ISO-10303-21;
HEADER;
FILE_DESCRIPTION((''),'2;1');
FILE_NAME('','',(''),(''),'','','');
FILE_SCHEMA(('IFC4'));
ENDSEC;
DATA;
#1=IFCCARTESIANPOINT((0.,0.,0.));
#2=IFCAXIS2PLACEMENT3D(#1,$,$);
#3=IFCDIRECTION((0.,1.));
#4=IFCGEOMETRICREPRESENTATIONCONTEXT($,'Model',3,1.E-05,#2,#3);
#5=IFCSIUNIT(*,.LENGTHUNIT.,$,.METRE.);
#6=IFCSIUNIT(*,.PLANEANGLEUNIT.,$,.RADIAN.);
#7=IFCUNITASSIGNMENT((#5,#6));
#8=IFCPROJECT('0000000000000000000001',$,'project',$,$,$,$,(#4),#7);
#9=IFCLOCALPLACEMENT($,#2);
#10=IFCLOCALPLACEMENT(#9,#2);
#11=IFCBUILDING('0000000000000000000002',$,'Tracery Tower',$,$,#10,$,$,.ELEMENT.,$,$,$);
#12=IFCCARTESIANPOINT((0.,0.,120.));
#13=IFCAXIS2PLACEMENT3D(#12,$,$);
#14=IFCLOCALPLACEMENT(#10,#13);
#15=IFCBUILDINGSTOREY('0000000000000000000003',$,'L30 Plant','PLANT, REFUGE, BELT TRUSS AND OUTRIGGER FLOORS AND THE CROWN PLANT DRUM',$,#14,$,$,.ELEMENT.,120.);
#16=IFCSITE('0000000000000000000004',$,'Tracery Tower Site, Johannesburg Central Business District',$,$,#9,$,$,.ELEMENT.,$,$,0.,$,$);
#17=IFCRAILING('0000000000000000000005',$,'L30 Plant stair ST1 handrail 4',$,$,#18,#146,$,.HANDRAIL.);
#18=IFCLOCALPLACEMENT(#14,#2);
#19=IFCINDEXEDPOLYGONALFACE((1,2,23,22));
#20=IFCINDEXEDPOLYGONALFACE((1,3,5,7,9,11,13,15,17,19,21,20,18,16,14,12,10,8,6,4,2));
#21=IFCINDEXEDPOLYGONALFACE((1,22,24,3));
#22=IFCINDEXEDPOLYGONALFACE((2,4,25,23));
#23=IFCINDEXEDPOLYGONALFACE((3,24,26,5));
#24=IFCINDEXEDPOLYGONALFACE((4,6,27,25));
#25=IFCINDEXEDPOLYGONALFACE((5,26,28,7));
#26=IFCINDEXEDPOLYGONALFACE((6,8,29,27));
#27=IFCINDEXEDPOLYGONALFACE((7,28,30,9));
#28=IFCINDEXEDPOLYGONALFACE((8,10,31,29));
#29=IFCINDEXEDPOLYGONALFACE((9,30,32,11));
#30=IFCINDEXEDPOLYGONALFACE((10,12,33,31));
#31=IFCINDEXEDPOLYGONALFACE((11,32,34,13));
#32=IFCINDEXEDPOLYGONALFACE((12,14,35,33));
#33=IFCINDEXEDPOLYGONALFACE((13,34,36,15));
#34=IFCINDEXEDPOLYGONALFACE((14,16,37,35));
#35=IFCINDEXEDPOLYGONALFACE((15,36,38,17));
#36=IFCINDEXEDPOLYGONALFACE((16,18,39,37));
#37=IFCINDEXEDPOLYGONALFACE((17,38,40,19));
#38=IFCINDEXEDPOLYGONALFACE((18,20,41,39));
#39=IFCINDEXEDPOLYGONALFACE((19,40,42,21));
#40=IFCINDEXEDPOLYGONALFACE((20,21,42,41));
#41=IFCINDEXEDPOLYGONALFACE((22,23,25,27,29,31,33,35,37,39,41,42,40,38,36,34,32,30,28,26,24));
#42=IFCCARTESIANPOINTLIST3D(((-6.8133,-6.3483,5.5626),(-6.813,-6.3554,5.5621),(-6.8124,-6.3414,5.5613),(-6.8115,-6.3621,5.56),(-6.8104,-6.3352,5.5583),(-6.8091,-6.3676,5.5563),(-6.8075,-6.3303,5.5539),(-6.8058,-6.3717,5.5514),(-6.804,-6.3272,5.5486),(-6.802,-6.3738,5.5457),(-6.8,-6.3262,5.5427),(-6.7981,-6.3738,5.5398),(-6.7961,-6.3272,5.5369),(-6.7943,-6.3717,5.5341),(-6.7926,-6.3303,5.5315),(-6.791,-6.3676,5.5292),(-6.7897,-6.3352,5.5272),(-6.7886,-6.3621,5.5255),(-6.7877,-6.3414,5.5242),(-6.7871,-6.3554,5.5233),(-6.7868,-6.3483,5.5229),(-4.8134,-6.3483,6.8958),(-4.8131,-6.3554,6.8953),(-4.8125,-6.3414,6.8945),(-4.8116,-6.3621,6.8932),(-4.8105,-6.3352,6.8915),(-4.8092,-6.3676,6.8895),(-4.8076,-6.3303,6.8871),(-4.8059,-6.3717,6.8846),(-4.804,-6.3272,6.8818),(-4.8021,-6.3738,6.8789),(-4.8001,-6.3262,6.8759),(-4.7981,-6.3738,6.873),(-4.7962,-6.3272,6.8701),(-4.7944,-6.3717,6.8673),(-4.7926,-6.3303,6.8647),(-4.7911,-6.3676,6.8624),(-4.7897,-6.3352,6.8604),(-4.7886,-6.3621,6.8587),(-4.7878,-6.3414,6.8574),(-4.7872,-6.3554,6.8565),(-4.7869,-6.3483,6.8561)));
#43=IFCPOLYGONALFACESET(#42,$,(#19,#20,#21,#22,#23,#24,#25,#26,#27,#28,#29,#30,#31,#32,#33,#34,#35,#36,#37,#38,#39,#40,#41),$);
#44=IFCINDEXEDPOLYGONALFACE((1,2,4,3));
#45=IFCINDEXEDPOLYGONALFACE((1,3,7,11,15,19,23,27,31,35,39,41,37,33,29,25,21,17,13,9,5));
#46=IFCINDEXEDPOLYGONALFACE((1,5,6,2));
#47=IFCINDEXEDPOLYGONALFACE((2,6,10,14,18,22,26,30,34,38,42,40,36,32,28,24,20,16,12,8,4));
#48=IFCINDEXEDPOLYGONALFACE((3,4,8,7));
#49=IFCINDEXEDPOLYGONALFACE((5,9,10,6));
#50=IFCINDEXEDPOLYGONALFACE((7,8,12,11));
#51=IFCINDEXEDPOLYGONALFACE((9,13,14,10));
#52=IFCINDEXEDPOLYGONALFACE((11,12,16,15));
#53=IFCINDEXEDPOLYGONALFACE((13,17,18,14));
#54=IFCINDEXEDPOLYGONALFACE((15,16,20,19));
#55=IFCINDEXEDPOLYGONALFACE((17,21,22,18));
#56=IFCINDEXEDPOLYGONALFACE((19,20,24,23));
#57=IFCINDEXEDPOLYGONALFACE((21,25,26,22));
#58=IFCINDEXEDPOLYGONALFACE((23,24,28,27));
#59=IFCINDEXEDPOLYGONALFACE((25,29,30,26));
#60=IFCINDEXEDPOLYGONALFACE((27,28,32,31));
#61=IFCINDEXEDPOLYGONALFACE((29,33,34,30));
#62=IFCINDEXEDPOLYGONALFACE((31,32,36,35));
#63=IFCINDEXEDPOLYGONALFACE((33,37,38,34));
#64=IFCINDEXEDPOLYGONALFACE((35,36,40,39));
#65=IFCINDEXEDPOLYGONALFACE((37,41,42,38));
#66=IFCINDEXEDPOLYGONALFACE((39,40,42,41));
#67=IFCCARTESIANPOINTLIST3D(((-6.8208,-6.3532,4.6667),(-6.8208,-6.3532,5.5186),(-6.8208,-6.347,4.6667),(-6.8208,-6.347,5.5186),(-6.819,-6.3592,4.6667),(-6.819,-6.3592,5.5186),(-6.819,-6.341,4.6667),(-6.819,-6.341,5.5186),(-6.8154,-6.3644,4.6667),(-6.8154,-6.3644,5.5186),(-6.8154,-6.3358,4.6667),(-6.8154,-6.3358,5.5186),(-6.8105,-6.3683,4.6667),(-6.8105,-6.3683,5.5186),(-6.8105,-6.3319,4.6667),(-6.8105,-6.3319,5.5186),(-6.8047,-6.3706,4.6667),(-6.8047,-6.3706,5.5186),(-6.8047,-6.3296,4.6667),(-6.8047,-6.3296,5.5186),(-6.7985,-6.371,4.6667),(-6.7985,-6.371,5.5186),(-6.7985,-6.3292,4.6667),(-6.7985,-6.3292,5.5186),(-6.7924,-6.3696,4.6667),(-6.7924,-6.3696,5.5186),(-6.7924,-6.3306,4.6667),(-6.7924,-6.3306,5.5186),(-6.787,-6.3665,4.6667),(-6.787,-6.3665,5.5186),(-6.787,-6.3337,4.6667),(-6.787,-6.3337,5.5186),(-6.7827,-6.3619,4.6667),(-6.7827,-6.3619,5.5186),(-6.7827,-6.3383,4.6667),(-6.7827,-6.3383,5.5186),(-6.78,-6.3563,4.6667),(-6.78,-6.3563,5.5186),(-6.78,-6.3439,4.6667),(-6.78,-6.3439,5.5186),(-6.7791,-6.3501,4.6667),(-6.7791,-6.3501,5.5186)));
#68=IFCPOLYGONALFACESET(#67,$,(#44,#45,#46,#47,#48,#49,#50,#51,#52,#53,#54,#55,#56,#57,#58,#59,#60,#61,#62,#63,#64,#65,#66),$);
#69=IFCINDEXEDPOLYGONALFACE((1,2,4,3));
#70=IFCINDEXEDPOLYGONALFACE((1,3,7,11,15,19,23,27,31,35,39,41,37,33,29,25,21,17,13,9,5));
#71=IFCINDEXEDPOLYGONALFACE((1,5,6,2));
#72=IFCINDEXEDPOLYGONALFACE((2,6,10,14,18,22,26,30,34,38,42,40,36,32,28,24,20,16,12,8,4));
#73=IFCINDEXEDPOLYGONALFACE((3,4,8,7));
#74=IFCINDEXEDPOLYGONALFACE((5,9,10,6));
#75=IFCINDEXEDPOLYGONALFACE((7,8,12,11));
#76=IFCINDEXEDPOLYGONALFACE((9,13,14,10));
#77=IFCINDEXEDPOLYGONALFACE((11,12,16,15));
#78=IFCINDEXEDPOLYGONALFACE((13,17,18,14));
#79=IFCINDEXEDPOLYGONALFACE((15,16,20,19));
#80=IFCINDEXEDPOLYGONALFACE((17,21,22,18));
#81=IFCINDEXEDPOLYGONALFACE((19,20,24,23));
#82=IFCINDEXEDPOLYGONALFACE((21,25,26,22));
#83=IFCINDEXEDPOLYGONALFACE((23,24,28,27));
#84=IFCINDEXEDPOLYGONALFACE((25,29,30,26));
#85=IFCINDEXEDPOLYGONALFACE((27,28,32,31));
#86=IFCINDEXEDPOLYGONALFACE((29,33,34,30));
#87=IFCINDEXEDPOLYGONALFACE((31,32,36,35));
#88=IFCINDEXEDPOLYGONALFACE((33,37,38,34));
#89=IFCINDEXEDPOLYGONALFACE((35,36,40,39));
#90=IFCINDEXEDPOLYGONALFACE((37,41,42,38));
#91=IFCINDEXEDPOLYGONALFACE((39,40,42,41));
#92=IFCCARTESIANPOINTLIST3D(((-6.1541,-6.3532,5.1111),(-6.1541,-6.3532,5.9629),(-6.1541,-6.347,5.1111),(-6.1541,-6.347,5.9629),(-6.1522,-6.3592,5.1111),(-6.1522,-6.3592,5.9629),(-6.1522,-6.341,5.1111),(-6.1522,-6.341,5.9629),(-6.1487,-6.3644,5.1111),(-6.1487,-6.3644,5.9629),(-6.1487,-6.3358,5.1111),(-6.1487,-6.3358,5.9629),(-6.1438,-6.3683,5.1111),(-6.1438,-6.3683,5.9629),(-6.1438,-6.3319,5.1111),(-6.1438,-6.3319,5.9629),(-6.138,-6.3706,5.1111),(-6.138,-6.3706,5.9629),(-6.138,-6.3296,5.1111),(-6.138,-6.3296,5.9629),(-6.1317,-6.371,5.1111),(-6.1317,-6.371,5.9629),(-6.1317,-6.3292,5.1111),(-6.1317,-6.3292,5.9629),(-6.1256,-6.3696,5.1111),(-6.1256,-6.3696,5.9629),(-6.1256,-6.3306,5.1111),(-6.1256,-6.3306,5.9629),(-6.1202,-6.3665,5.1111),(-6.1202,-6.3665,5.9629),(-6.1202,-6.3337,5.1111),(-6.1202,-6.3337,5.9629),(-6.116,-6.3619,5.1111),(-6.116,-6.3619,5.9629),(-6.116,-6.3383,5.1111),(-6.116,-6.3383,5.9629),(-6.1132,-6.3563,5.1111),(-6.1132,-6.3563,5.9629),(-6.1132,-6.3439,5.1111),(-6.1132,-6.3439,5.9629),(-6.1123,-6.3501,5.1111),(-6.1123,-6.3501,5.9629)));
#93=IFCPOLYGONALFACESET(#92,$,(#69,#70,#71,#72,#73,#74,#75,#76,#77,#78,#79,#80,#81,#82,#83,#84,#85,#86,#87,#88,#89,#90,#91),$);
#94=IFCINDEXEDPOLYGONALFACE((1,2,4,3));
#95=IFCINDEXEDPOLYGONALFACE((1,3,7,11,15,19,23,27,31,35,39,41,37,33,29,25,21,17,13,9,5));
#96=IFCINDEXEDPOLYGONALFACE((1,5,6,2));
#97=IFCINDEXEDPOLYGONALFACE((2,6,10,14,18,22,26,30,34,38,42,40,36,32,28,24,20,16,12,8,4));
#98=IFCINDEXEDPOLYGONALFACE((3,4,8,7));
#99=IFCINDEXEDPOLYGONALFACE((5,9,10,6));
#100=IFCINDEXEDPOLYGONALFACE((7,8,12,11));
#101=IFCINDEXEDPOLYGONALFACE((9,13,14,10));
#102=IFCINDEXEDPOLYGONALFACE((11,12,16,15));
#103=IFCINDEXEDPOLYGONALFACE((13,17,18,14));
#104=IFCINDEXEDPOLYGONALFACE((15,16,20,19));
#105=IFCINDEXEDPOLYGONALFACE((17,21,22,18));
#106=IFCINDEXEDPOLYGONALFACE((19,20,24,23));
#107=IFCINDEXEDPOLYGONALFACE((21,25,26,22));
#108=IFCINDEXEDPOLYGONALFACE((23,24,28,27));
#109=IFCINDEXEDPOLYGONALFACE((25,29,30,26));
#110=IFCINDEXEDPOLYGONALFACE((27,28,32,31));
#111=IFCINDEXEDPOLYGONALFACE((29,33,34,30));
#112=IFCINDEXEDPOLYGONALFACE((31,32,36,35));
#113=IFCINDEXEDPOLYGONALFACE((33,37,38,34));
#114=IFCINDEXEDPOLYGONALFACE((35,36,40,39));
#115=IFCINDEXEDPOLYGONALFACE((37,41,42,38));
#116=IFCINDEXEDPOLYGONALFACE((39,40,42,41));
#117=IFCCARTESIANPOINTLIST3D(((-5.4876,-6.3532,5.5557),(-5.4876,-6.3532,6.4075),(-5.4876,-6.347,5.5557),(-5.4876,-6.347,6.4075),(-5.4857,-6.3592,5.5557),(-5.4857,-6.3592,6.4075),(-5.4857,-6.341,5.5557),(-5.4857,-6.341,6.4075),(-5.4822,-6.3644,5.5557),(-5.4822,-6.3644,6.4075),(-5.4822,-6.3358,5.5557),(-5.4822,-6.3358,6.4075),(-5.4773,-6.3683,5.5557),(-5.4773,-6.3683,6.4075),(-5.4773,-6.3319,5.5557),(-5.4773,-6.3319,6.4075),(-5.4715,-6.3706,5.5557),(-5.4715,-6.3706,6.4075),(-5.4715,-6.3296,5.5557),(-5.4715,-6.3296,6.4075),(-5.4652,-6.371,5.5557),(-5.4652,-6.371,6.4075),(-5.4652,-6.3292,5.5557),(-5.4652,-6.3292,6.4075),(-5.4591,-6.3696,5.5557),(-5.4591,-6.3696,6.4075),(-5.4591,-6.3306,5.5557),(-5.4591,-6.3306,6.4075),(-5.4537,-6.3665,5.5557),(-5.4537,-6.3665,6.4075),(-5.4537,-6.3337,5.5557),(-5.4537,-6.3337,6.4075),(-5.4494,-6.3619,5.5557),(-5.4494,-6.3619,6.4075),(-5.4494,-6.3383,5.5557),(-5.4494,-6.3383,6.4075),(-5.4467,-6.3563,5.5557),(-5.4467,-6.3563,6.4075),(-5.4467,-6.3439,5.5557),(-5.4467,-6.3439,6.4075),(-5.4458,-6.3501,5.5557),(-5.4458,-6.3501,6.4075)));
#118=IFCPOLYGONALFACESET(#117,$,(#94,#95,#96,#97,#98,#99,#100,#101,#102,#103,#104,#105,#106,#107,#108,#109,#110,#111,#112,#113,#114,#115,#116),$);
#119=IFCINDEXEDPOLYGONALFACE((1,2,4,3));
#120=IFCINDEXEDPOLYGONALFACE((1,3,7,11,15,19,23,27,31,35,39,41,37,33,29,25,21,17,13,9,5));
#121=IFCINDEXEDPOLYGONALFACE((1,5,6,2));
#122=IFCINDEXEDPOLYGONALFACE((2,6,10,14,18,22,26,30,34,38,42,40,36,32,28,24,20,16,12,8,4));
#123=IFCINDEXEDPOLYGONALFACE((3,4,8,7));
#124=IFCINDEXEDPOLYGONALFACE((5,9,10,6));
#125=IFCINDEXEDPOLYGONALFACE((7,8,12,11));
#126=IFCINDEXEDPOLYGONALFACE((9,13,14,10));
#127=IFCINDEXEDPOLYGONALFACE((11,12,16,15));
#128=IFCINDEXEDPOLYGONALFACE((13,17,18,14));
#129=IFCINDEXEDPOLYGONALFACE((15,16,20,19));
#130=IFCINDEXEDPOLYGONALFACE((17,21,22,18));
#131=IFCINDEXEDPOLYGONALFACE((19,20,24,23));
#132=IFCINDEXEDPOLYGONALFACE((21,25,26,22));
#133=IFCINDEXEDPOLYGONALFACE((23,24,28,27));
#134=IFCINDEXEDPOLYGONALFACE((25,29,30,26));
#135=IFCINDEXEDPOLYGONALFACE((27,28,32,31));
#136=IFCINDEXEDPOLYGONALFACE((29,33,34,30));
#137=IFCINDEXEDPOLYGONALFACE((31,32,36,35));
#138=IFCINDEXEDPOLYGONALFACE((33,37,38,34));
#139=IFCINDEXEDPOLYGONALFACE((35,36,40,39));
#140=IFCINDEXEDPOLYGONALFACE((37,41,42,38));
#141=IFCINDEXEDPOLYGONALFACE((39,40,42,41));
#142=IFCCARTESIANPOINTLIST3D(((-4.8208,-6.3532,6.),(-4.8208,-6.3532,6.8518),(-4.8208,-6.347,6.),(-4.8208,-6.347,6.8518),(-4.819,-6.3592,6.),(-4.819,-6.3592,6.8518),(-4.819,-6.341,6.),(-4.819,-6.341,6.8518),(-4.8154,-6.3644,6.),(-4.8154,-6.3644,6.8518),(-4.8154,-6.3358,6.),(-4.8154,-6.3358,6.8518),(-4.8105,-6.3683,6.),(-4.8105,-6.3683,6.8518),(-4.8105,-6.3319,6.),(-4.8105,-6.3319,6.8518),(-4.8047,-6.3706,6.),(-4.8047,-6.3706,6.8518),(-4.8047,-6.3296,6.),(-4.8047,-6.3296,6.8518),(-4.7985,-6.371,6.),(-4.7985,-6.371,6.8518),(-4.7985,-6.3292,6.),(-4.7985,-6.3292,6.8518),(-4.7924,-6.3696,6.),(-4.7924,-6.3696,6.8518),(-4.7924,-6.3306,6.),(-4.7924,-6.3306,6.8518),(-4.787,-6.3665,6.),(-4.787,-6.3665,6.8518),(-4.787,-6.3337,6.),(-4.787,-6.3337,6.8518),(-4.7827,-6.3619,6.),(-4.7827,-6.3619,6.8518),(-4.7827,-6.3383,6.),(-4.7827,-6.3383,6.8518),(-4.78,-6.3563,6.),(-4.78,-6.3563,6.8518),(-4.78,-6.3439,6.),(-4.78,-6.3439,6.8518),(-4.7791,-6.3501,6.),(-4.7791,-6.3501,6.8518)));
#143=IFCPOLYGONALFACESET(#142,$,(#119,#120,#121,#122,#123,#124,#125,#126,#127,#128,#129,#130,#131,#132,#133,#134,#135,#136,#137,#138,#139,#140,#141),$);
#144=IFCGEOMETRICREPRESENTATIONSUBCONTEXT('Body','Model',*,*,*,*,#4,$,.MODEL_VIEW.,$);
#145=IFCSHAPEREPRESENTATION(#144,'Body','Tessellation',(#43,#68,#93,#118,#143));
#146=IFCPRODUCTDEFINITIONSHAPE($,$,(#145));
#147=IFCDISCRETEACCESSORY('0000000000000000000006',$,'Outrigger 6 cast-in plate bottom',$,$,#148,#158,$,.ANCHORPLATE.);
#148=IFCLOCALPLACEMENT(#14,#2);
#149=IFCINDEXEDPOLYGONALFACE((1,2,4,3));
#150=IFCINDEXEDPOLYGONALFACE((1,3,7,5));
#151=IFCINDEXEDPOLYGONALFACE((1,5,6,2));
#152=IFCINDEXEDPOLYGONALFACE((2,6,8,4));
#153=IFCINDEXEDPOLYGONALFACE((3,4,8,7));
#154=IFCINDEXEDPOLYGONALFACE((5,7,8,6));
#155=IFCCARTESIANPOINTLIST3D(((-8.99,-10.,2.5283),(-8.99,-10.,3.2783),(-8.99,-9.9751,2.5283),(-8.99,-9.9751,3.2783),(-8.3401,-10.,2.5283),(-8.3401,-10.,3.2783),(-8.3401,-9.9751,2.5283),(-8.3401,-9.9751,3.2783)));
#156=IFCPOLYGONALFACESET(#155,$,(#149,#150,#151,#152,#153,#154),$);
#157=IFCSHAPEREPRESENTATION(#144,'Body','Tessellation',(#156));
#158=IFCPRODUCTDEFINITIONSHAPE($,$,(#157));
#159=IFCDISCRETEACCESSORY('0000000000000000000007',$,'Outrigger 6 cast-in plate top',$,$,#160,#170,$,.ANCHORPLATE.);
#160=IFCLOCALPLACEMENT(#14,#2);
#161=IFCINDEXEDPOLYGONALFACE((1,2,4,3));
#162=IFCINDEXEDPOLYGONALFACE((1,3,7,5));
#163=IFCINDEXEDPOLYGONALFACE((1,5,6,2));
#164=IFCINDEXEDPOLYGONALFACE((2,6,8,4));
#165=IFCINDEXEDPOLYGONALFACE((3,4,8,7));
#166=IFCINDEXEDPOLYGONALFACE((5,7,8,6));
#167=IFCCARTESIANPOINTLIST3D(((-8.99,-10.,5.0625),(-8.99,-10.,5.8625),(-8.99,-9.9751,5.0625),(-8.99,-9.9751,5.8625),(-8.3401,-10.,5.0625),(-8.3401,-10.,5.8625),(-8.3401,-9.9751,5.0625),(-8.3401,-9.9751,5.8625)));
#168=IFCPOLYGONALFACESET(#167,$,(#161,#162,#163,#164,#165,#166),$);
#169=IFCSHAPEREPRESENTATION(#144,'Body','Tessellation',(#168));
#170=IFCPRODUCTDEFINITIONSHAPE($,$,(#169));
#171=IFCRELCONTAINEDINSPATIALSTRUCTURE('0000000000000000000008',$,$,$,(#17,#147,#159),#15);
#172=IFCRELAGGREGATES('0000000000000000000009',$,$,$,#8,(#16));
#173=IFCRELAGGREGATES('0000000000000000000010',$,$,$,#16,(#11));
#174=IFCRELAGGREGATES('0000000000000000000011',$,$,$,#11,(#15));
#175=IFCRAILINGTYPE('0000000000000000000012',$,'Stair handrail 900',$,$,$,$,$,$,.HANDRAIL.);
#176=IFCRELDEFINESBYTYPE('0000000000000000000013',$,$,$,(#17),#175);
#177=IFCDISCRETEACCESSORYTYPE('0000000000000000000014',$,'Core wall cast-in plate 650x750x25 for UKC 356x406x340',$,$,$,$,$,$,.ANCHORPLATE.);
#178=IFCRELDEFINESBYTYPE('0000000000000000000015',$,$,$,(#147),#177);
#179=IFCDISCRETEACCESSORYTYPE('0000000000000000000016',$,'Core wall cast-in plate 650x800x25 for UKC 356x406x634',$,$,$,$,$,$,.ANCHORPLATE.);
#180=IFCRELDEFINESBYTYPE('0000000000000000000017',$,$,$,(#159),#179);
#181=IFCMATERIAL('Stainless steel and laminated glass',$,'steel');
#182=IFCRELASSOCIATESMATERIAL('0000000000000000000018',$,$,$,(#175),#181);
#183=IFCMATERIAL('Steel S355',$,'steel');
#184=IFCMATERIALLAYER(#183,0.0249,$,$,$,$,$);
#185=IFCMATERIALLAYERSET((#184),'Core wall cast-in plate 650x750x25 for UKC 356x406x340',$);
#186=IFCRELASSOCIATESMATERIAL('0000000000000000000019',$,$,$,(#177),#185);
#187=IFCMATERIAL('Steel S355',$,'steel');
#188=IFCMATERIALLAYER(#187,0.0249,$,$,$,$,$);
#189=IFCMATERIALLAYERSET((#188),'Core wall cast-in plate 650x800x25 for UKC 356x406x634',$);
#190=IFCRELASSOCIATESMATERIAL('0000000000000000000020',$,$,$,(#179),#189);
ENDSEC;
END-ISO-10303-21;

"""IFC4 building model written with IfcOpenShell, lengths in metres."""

from ifc_helpers import new_model, si_unit, direction, frame, origin, origin_2d, place, context, subcontext, project, spatial, rectangle, circle, extrude, material, layer, layer_set, type_object, element, save


model = new_model("IFC4")

# Units and contexts
model_context = context("Model", 3, precision=1e-05, world=origin(), true_north=direction((0.0, 1.0)))
body_context = subcontext(model_context, "Body", "Model", "MODEL_VIEW")
ifc_project = project(units=[si_unit("LENGTHUNIT", "METRE"), si_unit("PLANEANGLEUNIT", "RADIAN")], contexts=[model_context])

# Site, building, storey
site_placement = place(None, origin())
site = spatial("IfcSite", under=ifc_project, at=site_placement, Name="Tracery Tower Site, Johannesburg Central Business District", CompositionType="ELEMENT", RefElevation=0.0)
building_placement = place(site_placement, origin())
building = spatial("IfcBuilding", under=site, at=building_placement, Name="Tracery Tower", CompositionType="ELEMENT")
storey_placement = place(building_placement, frame((0.0, 0.0, 120.0)))
storey = spatial("IfcBuildingStorey", under=building, at=storey_placement, Name="L30 Plant", Description="PLANT, REFUGE, BELT TRUSS AND OUTRIGGER FLOORS AND THE CROWN PLANT DRUM", CompositionType="ELEMENT", Elevation=120.0)

# Railing
ifc_material_1 = material(Name="Stainless steel and laminated glass", Category="steel")
railing_type = type_object("IfcRailingType", Name="Stair handrail 900", PredefinedType="HANDRAIL", material=ifc_material_1)
for number, where, name in (
    (1, (-6.8, -6.3501, 4.6667), "L30 Plant stair ST1 handrail 4"),
):
    element("IfcRailing", number, at=place(storey_placement, frame(where)), inside=storey, type_object=railing_type, Name=name, PredefinedType="HANDRAIL", context=body_context, shape_type="SweptSolid", body=[
        extrude(circle(Radius=0.0239, at=origin_2d()), frame((0.0, 0.0, 0.876), z_axis=(0.832066, 0.0, 0.554677), x_axis=(0.0, 1.0, 0.0)), (0.0, 0.0, 1.0), 2.4036),
        extrude(circle(Radius=0.021, at=origin_2d()), origin(), (0.0, 0.0, 1.0), 0.8518),
        extrude(circle(Radius=0.021, at=origin_2d()), frame((0.6667, 0.0, 0.4443)), (0.0, 0.0, 1.0), 0.8518),
        extrude(circle(Radius=0.021, at=origin_2d()), frame((1.3333, 0.0, 0.8889)), (0.0, 0.0, 1.0), 0.8518),
        extrude(circle(Radius=0.021, at=origin_2d()), frame((2.0, 0.0, 1.3333)), (0.0, 0.0, 1.0), 0.8518),
    ])

# Discrete accessories
ifc_material_2 = material(Name="Steel S355", Category="steel")
ifc_layer_1 = layer(ifc_material_2, 0.0249)
ifc_layer_set_1 = layer_set([ifc_layer_1], Name="Core wall cast-in plate 650x750x25 for UKC 356x406x340")
discrete_accessory_type_1 = type_object("IfcDiscreteAccessoryType", Name="Core wall cast-in plate 650x750x25 for UKC 356x406x340", PredefinedType="ANCHORPLATE", material=ifc_layer_set_1)
discrete_accessory_1_placement = place(storey_placement, frame((-8.665, -9.9875, 2.5283), z_axis=(0.0, 0.0, 1.0), x_axis=(1.0, 0.0, 0.0)))
element("IfcDiscreteAccessory", 2, at=discrete_accessory_1_placement, inside=storey, type_object=discrete_accessory_type_1, Name="Outrigger 6 cast-in plate bottom", PredefinedType="ANCHORPLATE", context=body_context, shape_type="SweptSolid", body=[
    extrude(rectangle(XDim=0.6499, YDim=0.0249, at=origin_2d()), origin(), (0.0, 0.0, 1.0), 0.75),
])
ifc_material_3 = material(Name="Steel S355", Category="steel")
ifc_layer_2 = layer(ifc_material_3, 0.0249)
ifc_layer_set_2 = layer_set([ifc_layer_2], Name="Core wall cast-in plate 650x800x25 for UKC 356x406x634")
discrete_accessory_type_2 = type_object("IfcDiscreteAccessoryType", Name="Core wall cast-in plate 650x800x25 for UKC 356x406x634", PredefinedType="ANCHORPLATE", material=ifc_layer_set_2)
discrete_accessory_2_placement = place(storey_placement, frame((-8.665, -9.9875, 5.0625), z_axis=(0.0, 0.0, 1.0), x_axis=(1.0, 0.0, 0.0)))
element("IfcDiscreteAccessory", 3, at=discrete_accessory_2_placement, inside=storey, type_object=discrete_accessory_type_2, Name="Outrigger 6 cast-in plate top", PredefinedType="ANCHORPLATE", context=body_context, shape_type="SweptSolid", body=[
    extrude(rectangle(XDim=0.6499, YDim=0.0249, at=origin_2d()), origin(), (0.0, 0.0, 1.0), 0.8),
])

save(model, "model.ifc")
